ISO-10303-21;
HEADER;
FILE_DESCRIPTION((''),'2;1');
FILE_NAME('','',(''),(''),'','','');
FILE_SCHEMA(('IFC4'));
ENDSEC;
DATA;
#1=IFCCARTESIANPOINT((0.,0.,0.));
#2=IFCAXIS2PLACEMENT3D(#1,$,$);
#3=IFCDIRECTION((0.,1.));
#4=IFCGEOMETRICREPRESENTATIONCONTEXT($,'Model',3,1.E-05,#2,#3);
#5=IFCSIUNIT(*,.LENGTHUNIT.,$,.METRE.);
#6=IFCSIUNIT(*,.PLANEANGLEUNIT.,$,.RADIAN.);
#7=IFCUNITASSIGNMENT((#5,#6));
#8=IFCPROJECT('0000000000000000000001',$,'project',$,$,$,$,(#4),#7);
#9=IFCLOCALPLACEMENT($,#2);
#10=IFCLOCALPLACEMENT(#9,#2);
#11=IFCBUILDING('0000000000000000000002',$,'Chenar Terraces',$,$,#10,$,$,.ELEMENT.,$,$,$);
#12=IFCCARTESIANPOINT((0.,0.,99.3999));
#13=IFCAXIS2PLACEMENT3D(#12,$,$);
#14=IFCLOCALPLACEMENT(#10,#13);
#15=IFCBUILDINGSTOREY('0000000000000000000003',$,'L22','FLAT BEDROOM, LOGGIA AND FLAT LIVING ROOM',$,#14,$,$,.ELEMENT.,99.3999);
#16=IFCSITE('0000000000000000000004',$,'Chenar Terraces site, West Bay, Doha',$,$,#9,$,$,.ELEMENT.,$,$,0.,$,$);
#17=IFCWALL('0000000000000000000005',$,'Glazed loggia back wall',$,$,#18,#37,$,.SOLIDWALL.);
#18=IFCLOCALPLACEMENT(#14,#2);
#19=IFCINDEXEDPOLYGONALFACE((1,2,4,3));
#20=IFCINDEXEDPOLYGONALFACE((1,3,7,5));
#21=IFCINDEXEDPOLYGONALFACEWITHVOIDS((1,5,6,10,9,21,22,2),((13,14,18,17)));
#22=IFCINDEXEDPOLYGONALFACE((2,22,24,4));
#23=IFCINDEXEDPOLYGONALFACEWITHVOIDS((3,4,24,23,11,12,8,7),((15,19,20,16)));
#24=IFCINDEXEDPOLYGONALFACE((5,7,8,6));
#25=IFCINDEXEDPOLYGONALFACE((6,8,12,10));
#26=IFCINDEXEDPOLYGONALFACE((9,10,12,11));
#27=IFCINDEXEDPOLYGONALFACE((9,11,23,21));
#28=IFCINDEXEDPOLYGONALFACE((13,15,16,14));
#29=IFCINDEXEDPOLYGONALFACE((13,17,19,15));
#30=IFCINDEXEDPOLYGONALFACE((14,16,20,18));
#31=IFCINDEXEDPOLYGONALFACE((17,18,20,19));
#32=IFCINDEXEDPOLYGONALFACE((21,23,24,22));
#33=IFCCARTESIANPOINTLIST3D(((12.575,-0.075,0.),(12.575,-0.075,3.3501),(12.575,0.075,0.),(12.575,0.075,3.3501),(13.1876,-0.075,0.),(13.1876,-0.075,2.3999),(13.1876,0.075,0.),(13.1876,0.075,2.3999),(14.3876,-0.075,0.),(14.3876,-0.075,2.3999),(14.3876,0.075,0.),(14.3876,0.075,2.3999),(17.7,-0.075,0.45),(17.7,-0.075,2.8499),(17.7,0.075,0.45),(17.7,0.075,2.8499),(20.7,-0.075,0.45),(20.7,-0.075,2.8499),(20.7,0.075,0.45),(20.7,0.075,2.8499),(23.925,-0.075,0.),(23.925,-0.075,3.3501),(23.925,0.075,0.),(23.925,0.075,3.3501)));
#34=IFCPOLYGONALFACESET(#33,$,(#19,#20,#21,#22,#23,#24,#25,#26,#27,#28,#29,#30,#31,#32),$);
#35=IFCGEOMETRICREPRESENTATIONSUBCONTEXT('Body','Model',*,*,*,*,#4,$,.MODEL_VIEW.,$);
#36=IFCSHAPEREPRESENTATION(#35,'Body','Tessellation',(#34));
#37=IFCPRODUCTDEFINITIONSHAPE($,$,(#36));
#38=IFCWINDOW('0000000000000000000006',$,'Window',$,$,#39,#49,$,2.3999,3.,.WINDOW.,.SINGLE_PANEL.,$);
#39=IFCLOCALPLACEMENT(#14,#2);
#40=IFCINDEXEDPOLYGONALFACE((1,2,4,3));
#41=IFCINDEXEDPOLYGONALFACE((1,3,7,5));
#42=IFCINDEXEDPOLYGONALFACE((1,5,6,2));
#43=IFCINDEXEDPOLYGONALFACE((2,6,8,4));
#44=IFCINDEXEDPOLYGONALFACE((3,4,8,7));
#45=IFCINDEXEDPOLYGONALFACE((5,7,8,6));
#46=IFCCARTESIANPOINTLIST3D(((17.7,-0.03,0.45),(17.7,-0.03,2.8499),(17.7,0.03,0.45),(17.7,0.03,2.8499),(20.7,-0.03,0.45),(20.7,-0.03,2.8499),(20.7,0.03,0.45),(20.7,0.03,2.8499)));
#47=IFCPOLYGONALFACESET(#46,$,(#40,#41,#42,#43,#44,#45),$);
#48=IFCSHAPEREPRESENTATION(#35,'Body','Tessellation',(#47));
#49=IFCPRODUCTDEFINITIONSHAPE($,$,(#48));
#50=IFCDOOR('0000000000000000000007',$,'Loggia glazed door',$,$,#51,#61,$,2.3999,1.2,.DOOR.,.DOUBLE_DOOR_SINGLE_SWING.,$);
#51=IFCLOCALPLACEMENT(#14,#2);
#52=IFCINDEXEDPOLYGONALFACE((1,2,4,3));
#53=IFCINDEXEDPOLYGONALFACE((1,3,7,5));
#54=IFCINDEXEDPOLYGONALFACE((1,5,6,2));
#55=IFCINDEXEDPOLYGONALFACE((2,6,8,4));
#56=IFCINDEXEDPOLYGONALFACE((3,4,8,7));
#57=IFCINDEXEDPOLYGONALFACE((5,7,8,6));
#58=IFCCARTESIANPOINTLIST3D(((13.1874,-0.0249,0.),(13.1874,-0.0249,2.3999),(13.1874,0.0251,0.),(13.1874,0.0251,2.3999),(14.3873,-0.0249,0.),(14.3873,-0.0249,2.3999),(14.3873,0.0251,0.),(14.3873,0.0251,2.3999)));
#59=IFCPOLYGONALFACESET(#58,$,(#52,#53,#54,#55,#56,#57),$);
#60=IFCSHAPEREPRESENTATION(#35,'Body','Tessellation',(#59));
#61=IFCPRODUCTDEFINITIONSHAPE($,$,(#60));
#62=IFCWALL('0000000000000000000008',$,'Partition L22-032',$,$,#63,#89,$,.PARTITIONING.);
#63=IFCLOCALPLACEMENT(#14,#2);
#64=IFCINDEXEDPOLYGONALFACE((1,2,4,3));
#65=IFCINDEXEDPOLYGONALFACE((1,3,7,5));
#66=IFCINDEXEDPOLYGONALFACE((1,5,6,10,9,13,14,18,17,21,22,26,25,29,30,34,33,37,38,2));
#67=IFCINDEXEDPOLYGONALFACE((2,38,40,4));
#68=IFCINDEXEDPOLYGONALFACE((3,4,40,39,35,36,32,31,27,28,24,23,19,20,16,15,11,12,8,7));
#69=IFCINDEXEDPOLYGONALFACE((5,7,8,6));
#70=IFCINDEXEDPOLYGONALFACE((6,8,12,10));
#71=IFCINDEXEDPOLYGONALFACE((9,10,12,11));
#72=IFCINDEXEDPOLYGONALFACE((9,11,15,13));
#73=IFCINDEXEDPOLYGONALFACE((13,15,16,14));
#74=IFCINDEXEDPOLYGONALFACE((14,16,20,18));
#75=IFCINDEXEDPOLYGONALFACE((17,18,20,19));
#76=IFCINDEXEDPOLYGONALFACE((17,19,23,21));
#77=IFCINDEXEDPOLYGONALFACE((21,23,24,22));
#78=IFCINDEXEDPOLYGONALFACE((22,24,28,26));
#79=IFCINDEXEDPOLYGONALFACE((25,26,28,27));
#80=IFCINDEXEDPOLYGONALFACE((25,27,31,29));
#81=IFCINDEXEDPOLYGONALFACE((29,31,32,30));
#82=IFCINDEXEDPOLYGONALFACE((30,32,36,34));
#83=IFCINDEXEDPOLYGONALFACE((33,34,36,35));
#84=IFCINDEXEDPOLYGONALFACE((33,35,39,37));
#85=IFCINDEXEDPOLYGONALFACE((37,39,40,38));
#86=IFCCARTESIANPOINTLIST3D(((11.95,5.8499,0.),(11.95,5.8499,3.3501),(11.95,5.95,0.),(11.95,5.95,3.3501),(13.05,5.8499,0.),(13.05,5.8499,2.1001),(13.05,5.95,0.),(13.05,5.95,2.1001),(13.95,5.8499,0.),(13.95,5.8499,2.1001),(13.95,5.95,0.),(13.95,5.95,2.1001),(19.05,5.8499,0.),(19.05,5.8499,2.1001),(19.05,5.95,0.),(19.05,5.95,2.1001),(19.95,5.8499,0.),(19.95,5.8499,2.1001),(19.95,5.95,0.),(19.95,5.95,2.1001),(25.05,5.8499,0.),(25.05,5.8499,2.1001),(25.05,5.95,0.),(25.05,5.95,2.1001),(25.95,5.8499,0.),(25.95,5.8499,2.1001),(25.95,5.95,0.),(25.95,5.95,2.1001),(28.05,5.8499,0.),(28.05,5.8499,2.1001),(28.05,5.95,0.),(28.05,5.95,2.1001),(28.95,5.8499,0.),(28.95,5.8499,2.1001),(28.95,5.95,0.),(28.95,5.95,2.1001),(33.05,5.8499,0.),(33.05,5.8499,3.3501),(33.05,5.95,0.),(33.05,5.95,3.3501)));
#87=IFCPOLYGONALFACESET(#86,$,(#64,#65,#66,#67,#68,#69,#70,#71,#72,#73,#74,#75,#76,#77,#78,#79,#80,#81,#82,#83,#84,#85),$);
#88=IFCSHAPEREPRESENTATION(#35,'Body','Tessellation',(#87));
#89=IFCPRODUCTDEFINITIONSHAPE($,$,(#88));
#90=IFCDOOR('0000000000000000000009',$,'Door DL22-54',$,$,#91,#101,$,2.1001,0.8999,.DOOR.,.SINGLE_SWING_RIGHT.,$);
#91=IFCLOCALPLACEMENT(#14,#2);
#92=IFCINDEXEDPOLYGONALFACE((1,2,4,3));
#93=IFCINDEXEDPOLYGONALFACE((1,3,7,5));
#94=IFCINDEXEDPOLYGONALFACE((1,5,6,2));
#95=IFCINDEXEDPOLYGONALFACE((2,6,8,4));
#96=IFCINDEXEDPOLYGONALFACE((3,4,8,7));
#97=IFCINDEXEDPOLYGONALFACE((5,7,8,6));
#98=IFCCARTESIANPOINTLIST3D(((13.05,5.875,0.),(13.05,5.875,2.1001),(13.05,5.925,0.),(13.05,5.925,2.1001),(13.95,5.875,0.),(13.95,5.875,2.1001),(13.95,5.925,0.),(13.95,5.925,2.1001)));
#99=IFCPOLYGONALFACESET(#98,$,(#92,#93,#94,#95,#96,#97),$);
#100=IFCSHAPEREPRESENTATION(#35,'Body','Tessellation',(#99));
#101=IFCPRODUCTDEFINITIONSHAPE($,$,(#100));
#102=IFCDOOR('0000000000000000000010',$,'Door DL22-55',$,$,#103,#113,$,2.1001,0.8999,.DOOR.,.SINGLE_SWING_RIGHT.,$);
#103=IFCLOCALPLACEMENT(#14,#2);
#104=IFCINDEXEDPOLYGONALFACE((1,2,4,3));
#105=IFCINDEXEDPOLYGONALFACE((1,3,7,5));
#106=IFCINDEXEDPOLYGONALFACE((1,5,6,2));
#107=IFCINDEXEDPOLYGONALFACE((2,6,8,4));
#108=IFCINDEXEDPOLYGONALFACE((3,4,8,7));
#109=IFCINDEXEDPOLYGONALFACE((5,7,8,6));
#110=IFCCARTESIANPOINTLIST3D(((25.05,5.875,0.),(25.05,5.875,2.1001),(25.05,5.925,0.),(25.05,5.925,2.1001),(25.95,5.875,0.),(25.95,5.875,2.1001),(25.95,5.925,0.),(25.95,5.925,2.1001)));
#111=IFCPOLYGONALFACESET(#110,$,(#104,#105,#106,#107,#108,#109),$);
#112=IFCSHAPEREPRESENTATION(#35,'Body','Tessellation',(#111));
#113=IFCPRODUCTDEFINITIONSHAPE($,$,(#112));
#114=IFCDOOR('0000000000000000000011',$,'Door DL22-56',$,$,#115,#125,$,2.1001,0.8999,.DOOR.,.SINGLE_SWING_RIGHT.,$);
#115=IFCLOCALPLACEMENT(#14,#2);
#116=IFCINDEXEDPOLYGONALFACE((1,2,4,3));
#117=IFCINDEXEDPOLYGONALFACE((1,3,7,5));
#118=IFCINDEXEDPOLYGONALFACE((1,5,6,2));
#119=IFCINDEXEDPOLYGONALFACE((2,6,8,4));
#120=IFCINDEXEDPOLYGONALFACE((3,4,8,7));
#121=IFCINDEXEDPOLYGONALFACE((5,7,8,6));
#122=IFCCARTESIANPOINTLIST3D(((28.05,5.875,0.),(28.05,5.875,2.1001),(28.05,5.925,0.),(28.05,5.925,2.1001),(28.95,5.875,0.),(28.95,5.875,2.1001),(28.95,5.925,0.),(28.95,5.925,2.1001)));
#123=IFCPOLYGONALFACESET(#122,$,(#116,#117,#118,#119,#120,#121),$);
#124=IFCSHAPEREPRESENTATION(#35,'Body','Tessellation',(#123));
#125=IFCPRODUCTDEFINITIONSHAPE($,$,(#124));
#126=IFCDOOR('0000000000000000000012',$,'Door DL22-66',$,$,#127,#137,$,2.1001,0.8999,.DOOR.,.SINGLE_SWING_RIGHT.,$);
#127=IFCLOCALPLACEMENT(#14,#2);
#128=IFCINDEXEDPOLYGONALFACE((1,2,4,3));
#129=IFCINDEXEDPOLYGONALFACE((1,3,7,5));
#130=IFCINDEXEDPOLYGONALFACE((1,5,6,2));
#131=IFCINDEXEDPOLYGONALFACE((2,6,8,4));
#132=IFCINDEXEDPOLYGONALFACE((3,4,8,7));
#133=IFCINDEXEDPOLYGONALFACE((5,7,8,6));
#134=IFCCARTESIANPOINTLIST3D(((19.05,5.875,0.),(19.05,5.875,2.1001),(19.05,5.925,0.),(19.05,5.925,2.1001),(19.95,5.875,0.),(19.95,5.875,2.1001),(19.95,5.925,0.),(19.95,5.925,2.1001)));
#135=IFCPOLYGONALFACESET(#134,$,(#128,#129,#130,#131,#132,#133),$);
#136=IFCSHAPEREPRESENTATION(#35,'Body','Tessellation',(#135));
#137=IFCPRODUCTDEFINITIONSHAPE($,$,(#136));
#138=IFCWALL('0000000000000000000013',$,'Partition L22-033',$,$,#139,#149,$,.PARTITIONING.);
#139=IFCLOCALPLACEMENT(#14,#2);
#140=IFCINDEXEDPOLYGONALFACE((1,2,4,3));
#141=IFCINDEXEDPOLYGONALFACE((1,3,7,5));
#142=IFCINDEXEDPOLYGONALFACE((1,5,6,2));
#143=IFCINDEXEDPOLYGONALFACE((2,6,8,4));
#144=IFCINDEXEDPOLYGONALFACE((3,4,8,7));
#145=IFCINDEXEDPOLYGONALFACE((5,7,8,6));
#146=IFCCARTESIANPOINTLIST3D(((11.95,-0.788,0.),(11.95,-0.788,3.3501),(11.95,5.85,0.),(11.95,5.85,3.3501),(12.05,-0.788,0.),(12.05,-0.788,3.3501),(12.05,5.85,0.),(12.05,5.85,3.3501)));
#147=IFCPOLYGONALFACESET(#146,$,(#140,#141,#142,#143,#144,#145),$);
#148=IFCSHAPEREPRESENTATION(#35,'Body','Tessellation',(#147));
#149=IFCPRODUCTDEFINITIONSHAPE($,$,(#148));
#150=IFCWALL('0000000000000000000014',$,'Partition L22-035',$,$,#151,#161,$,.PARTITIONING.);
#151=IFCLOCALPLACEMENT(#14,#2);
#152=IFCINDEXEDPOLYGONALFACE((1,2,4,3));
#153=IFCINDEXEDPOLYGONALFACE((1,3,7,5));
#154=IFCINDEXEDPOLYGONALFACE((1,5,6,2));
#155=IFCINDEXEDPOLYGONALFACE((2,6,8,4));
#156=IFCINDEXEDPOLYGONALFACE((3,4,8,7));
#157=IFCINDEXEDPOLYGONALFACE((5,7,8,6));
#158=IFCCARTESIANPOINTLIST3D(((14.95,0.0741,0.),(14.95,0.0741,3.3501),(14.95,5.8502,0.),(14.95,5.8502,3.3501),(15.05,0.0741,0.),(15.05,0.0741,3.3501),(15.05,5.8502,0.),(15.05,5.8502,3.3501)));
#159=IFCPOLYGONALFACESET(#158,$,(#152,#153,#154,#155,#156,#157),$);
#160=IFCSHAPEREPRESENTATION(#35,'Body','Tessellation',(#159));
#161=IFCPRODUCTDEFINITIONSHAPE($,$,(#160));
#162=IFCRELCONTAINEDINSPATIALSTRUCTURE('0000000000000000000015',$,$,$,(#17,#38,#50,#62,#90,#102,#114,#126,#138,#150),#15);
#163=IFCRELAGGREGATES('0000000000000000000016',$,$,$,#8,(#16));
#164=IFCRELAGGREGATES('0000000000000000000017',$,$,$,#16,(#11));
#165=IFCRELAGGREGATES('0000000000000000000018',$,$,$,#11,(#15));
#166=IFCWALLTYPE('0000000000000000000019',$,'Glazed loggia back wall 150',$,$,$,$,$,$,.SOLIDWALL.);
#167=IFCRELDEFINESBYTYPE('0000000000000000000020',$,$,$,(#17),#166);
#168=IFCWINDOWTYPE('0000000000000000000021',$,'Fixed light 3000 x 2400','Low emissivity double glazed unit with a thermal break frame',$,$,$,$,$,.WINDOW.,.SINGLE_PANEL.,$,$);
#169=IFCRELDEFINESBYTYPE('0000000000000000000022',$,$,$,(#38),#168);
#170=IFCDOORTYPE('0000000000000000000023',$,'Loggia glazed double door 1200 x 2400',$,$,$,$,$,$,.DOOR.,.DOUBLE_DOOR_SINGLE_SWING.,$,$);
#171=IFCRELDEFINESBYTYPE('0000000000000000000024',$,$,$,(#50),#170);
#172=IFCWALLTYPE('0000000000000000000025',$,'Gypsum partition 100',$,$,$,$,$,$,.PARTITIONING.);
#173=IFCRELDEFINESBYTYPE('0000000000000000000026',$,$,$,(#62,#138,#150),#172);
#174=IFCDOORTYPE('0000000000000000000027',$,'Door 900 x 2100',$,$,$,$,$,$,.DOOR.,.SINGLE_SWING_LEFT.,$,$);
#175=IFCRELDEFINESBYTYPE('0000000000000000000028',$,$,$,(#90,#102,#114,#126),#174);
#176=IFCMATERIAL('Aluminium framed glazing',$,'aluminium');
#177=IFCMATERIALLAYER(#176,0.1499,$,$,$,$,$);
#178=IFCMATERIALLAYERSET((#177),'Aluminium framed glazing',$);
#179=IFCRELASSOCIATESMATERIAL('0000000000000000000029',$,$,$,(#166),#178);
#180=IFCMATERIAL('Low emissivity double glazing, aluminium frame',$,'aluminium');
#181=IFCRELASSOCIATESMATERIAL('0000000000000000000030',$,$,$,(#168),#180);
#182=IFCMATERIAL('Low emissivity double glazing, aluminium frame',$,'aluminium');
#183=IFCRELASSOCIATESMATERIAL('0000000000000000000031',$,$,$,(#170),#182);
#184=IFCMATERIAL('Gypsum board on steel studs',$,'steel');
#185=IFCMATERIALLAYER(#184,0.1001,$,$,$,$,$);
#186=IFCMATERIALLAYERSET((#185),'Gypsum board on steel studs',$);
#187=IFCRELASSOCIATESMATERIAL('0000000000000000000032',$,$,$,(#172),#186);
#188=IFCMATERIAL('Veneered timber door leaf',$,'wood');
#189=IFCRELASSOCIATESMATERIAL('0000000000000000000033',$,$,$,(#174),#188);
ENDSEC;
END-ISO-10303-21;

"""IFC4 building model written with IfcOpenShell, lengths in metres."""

from ifc_helpers import new_model, si_unit, direction, frame, frame_2d, origin, place, context, subcontext, project, spatial, rectangle, extrude, material, layer, layer_set, type_object, element, fill, save


model = new_model("IFC4")

# Units and contexts
model_context = context("Model", 3, precision=1e-05, world=origin(), true_north=direction((0.0, 1.0)))
body_context = subcontext(model_context, "Body", "Model", "MODEL_VIEW")
ifc_project = project(units=[si_unit("LENGTHUNIT", "METRE"), si_unit("PLANEANGLEUNIT", "RADIAN")], contexts=[model_context])

# Site, building, storey
site_placement = place(None, origin())
site = spatial("IfcSite", under=ifc_project, at=site_placement, Name="Chenar Terraces site, West Bay, Doha", CompositionType="ELEMENT", RefElevation=0.0)
building_placement = place(site_placement, origin())
building = spatial("IfcBuilding", under=site, at=building_placement, Name="Chenar Terraces", CompositionType="ELEMENT")
storey_placement = place(building_placement, frame((0.0, 0.0, 99.3999)))
storey = spatial("IfcBuildingStorey", under=building, at=storey_placement, Name="L22", Description="FLAT BEDROOM, LOGGIA AND FLAT LIVING ROOM", CompositionType="ELEMENT", Elevation=99.3999)

# Wall, openings, window, door
ifc_material_1 = material(Name="Aluminium framed glazing", Category="aluminium")
ifc_layer_1 = layer(ifc_material_1, 0.1499)
ifc_layer_set_1 = layer_set([ifc_layer_1], Name="Aluminium framed glazing")
wall_type_1 = type_object("IfcWallType", Name="Glazed loggia back wall 150", PredefinedType="SOLIDWALL", material=ifc_layer_set_1)
wall_1_placement = place(storey_placement, frame((12.575, 0.0, 0.0), z_axis=(0.0, 0.0, 1.0), x_axis=(1.0, 0.0, 0.0)))
wall_1 = element("IfcWall", 1, at=wall_1_placement, inside=storey, type_object=wall_type_1, Name="Glazed loggia back wall", PredefinedType="SOLIDWALL", context=body_context, shape_type="SweptSolid", body=[
    extrude(rectangle(XDim=11.3501, YDim=0.1499, at=frame_2d((5.675, 0.0))), origin(), (0.0, 0.0, 1.0), 3.3501),
])
opening_1_placement = place(wall_1_placement, frame((0.6125, 0.0, 0.0)))
opening_1 = element("IfcOpeningElement", 2, at=opening_1_placement, cuts=wall_1, PredefinedType="OPENING", context=body_context, shape_type="SweptSolid", body=[
    extrude(rectangle(XDim=1.2, YDim=2.3999, at=frame_2d((0.6001, 1.2))), frame((0.0, 0.085, 0.0), z_axis=(0.0, -1.0, 0.0), x_axis=(1.0, 0.0, 0.0)), (0.0, 0.0, 1.0), 0.1699),
])
opening_2_placement = place(wall_1_placement, frame((5.125, 0.0, 0.45)))
opening_2 = element("IfcOpeningElement", 3, at=opening_2_placement, cuts=wall_1, PredefinedType="OPENING", context=body_context, shape_type="SweptSolid", body=[
    extrude(rectangle(XDim=3.0, YDim=2.3999, at=frame_2d((1.5, 1.2))), frame((0.0, 0.085, 0.0), z_axis=(0.0, -1.0, 0.0), x_axis=(1.0, 0.0, 0.0)), (0.0, 0.0, 1.0), 0.1699),
])
ifc_material_2 = material(Name="Low emissivity double glazing, aluminium frame", Category="aluminium")
window_type = type_object("IfcWindowType", Name="Fixed light 3000 x 2400", Description="Low emissivity double glazed unit with a thermal break frame", PartitioningType="SINGLE_PANEL", PredefinedType="WINDOW", material=ifc_material_2)
window_placement = place(opening_2_placement, origin())
window = element("IfcWindow", 4, at=window_placement, inside=storey, type_object=window_type, Name="Window", OverallHeight=2.3999, OverallWidth=3.0, PartitioningType="SINGLE_PANEL", PredefinedType="WINDOW", context=body_context, shape_type="SweptSolid", body=[
    extrude(rectangle(XDim=3.0, YDim=2.3999, at=frame_2d((1.5, 1.2))), frame((0.0, 0.03, 0.0), z_axis=(0.0, -1.0, 0.0), x_axis=(1.0, 0.0, 0.0)), (0.0, 0.0, 1.0), 0.0601),
])
fill(opening_2, window)
ifc_material_3 = material(Name="Low emissivity double glazing, aluminium frame", Category="aluminium")
door_type_1 = type_object("IfcDoorType", Name="Loggia glazed double door 1200 x 2400", OperationType="DOUBLE_DOOR_SINGLE_SWING", PredefinedType="DOOR", material=ifc_material_3)
door_1_placement = place(opening_1_placement, frame((1.2, 0.0, 0.0), z_axis=(0.0, 0.0, 1.0), x_axis=(-1.0, 0.0, 0.0)))
door_1 = element("IfcDoor", 5, at=door_1_placement, inside=storey, type_object=door_type_1, Name="Loggia glazed door", OperationType="DOUBLE_DOOR_SINGLE_SWING", OverallHeight=2.3999, OverallWidth=1.2, PredefinedType="DOOR", context=body_context, shape_type="SweptSolid", body=[
    extrude(rectangle(XDim=1.2, YDim=2.3999, at=frame_2d((0.6001, 1.2))), frame((0.0, 0.0249, 0.0), z_axis=(0.0, -1.0, 0.0), x_axis=(1.0, 0.0, 0.0)), (0.0, 0.0, 1.0), 0.05),
])
fill(opening_1, door_1)

# Wall, openings, doors
ifc_material_4 = material(Name="Gypsum board on steel studs", Category="steel")
ifc_layer_2 = layer(ifc_material_4, 0.1001)
ifc_layer_set_2 = layer_set([ifc_layer_2], Name="Gypsum board on steel studs")
wall_type_2 = type_object("IfcWallType", Name="Gypsum partition 100", PredefinedType="PARTITIONING", material=ifc_layer_set_2)
wall_2_placement = place(storey_placement, frame((11.95, 5.8999, 0.0), z_axis=(0.0, 0.0, 1.0), x_axis=(1.0, 0.0, 0.0)))
wall_2 = element("IfcWall", 6, at=wall_2_placement, inside=storey, type_object=wall_type_2, Name="Partition L22-032", PredefinedType="PARTITIONING", context=body_context, shape_type="SweptSolid", body=[
    extrude(rectangle(XDim=21.1001, YDim=0.1001, at=frame_2d((10.55, 0.0))), origin(), (0.0, 0.0, 1.0), 3.3501),
])
opening_3_placement = place(wall_2_placement, frame((1.1001, 0.0, 0.0)))
opening_3 = element("IfcOpeningElement", 7, at=opening_3_placement, cuts=wall_2, PredefinedType="OPENING", context=body_context, shape_type="SweptSolid", body=[
    extrude(rectangle(XDim=0.8999, YDim=2.1001, at=frame_2d((0.45, 1.05))), frame((0.0, 0.0601, 0.0), z_axis=(0.0, -1.0, 0.0), x_axis=(1.0, 0.0, 0.0)), (0.0, 0.0, 1.0), 0.1201),
])
opening_4_placement = place(wall_2_placement, frame((13.1001, 0.0, 0.0)))
opening_4 = element("IfcOpeningElement", 8, at=opening_4_placement, cuts=wall_2, PredefinedType="OPENING", context=body_context, shape_type="SweptSolid", body=[
    extrude(rectangle(XDim=0.8999, YDim=2.1001, at=frame_2d((0.45, 1.05))), frame((0.0, 0.0601, 0.0), z_axis=(0.0, -1.0, 0.0), x_axis=(1.0, 0.0, 0.0)), (0.0, 0.0, 1.0), 0.1201),
])
opening_5_placement = place(wall_2_placement, frame((16.1001, 0.0, 0.0)))
opening_5 = element("IfcOpeningElement", 9, at=opening_5_placement, cuts=wall_2, PredefinedType="OPENING", context=body_context, shape_type="SweptSolid", body=[
    extrude(rectangle(XDim=0.8999, YDim=2.1001, at=frame_2d((0.45, 1.05))), frame((0.0, 0.0601, 0.0), z_axis=(0.0, -1.0, 0.0), x_axis=(1.0, 0.0, 0.0)), (0.0, 0.0, 1.0), 0.1201),
])
opening_6_placement = place(wall_2_placement, frame((7.1001, 0.0, 0.0)))
opening_6 = element("IfcOpeningElement", 10, at=opening_6_placement, cuts=wall_2, PredefinedType="OPENING", context=body_context, shape_type="SweptSolid", body=[
    extrude(rectangle(XDim=0.8999, YDim=2.1001, at=frame_2d((0.45, 1.05))), frame((0.0, 0.0601, 0.0), z_axis=(0.0, -1.0, 0.0), x_axis=(1.0, 0.0, 0.0)), (0.0, 0.0, 1.0), 0.1201),
])
ifc_material_5 = material(Name="Veneered timber door leaf", Category="wood")
door_type_2 = type_object("IfcDoorType", Name="Door 900 x 2100", OperationType="SINGLE_SWING_LEFT", PredefinedType="DOOR", material=ifc_material_5)
door_2_placement = place(opening_3_placement, frame((0.8999, 0.0, 0.0), z_axis=(0.0, 0.0, 1.0), x_axis=(-1.0, 0.0, 0.0)))
door_2 = element("IfcDoor", 11, at=door_2_placement, inside=storey, type_object=door_type_2, Name="Door DL22-54", OperationType="SINGLE_SWING_RIGHT", OverallHeight=2.1001, OverallWidth=0.8999, PredefinedType="DOOR", context=body_context, shape_type="SweptSolid", body=[
    extrude(rectangle(XDim=0.8999, YDim=2.1001, at=frame_2d((0.45, 1.05))), frame((0.0, 0.0249, 0.0), z_axis=(0.0, -1.0, 0.0), x_axis=(1.0, 0.0, 0.0)), (0.0, 0.0, 1.0), 0.05),
])
fill(opening_3, door_2)
door_3_placement = place(opening_4_placement, frame((0.8999, 0.0, 0.0), z_axis=(0.0, 0.0, 1.0), x_axis=(-1.0, 0.0, 0.0)))
door_3 = element("IfcDoor", 12, at=door_3_placement, inside=storey, type_object=door_type_2, Name="Door DL22-55", OperationType="SINGLE_SWING_RIGHT", OverallHeight=2.1001, OverallWidth=0.8999, PredefinedType="DOOR", context=body_context, shape_type="SweptSolid", body=[
    extrude(rectangle(XDim=0.8999, YDim=2.1001, at=frame_2d((0.45, 1.05))), frame((0.0, 0.0249, 0.0), z_axis=(0.0, -1.0, 0.0), x_axis=(1.0, 0.0, 0.0)), (0.0, 0.0, 1.0), 0.05),
])
fill(opening_4, door_3)
door_4_placement = place(opening_5_placement, frame((0.8999, 0.0, 0.0), z_axis=(0.0, 0.0, 1.0), x_axis=(-1.0, 0.0, 0.0)))
door_4 = element("IfcDoor", 13, at=door_4_placement, inside=storey, type_object=door_type_2, Name="Door DL22-56", OperationType="SINGLE_SWING_RIGHT", OverallHeight=2.1001, OverallWidth=0.8999, PredefinedType="DOOR", context=body_context, shape_type="SweptSolid", body=[
    extrude(rectangle(XDim=0.8999, YDim=2.1001, at=frame_2d((0.45, 1.05))), frame((0.0, 0.0249, 0.0), z_axis=(0.0, -1.0, 0.0), x_axis=(1.0, 0.0, 0.0)), (0.0, 0.0, 1.0), 0.05),
])
fill(opening_5, door_4)
door_5_placement = place(opening_6_placement, frame((0.8999, 0.0, 0.0), z_axis=(0.0, 0.0, 1.0), x_axis=(-1.0, 0.0, 0.0)))
door_5 = element("IfcDoor", 14, at=door_5_placement, inside=storey, type_object=door_type_2, Name="Door DL22-66", OperationType="SINGLE_SWING_RIGHT", OverallHeight=2.1001, OverallWidth=0.8999, PredefinedType="DOOR", context=body_context, shape_type="SweptSolid", body=[
    extrude(rectangle(XDim=0.8999, YDim=2.1001, at=frame_2d((0.45, 1.05))), frame((0.0, 0.0249, 0.0), z_axis=(0.0, -1.0, 0.0), x_axis=(1.0, 0.0, 0.0)), (0.0, 0.0, 1.0), 0.05),
])
fill(opening_6, door_5)

# Walls
wall_3_placement = place(storey_placement, frame((12.0, -0.7878, 0.0), z_axis=(0.0, 0.0, 1.0), x_axis=(0.0, 1.0, 0.0)))
element("IfcWall", 15, at=wall_3_placement, inside=storey, type_object=wall_type_2, Name="Partition L22-033", PredefinedType="PARTITIONING", context=body_context, shape_type="SweptSolid", body=[
    extrude(rectangle(XDim=6.6379, YDim=0.1001, at=frame_2d((3.3188, 0.0))), origin(), (0.0, 0.0, 1.0), 3.3501),
])
wall_4_placement = place(storey_placement, frame((15.0, 0.074, 0.0), z_axis=(0.0, 0.0, 1.0), x_axis=(0.0, 1.0, 0.0)))
element("IfcWall", 16, at=wall_4_placement, inside=storey, type_object=wall_type_2, Name="Partition L22-035", PredefinedType="PARTITIONING", context=body_context, shape_type="SweptSolid", body=[
    extrude(rectangle(XDim=5.7761, YDim=0.1001, at=frame_2d((2.8882, 0.0))), origin(), (0.0, 0.0, 1.0), 3.3501),
])

save(model, "model.ifc")
